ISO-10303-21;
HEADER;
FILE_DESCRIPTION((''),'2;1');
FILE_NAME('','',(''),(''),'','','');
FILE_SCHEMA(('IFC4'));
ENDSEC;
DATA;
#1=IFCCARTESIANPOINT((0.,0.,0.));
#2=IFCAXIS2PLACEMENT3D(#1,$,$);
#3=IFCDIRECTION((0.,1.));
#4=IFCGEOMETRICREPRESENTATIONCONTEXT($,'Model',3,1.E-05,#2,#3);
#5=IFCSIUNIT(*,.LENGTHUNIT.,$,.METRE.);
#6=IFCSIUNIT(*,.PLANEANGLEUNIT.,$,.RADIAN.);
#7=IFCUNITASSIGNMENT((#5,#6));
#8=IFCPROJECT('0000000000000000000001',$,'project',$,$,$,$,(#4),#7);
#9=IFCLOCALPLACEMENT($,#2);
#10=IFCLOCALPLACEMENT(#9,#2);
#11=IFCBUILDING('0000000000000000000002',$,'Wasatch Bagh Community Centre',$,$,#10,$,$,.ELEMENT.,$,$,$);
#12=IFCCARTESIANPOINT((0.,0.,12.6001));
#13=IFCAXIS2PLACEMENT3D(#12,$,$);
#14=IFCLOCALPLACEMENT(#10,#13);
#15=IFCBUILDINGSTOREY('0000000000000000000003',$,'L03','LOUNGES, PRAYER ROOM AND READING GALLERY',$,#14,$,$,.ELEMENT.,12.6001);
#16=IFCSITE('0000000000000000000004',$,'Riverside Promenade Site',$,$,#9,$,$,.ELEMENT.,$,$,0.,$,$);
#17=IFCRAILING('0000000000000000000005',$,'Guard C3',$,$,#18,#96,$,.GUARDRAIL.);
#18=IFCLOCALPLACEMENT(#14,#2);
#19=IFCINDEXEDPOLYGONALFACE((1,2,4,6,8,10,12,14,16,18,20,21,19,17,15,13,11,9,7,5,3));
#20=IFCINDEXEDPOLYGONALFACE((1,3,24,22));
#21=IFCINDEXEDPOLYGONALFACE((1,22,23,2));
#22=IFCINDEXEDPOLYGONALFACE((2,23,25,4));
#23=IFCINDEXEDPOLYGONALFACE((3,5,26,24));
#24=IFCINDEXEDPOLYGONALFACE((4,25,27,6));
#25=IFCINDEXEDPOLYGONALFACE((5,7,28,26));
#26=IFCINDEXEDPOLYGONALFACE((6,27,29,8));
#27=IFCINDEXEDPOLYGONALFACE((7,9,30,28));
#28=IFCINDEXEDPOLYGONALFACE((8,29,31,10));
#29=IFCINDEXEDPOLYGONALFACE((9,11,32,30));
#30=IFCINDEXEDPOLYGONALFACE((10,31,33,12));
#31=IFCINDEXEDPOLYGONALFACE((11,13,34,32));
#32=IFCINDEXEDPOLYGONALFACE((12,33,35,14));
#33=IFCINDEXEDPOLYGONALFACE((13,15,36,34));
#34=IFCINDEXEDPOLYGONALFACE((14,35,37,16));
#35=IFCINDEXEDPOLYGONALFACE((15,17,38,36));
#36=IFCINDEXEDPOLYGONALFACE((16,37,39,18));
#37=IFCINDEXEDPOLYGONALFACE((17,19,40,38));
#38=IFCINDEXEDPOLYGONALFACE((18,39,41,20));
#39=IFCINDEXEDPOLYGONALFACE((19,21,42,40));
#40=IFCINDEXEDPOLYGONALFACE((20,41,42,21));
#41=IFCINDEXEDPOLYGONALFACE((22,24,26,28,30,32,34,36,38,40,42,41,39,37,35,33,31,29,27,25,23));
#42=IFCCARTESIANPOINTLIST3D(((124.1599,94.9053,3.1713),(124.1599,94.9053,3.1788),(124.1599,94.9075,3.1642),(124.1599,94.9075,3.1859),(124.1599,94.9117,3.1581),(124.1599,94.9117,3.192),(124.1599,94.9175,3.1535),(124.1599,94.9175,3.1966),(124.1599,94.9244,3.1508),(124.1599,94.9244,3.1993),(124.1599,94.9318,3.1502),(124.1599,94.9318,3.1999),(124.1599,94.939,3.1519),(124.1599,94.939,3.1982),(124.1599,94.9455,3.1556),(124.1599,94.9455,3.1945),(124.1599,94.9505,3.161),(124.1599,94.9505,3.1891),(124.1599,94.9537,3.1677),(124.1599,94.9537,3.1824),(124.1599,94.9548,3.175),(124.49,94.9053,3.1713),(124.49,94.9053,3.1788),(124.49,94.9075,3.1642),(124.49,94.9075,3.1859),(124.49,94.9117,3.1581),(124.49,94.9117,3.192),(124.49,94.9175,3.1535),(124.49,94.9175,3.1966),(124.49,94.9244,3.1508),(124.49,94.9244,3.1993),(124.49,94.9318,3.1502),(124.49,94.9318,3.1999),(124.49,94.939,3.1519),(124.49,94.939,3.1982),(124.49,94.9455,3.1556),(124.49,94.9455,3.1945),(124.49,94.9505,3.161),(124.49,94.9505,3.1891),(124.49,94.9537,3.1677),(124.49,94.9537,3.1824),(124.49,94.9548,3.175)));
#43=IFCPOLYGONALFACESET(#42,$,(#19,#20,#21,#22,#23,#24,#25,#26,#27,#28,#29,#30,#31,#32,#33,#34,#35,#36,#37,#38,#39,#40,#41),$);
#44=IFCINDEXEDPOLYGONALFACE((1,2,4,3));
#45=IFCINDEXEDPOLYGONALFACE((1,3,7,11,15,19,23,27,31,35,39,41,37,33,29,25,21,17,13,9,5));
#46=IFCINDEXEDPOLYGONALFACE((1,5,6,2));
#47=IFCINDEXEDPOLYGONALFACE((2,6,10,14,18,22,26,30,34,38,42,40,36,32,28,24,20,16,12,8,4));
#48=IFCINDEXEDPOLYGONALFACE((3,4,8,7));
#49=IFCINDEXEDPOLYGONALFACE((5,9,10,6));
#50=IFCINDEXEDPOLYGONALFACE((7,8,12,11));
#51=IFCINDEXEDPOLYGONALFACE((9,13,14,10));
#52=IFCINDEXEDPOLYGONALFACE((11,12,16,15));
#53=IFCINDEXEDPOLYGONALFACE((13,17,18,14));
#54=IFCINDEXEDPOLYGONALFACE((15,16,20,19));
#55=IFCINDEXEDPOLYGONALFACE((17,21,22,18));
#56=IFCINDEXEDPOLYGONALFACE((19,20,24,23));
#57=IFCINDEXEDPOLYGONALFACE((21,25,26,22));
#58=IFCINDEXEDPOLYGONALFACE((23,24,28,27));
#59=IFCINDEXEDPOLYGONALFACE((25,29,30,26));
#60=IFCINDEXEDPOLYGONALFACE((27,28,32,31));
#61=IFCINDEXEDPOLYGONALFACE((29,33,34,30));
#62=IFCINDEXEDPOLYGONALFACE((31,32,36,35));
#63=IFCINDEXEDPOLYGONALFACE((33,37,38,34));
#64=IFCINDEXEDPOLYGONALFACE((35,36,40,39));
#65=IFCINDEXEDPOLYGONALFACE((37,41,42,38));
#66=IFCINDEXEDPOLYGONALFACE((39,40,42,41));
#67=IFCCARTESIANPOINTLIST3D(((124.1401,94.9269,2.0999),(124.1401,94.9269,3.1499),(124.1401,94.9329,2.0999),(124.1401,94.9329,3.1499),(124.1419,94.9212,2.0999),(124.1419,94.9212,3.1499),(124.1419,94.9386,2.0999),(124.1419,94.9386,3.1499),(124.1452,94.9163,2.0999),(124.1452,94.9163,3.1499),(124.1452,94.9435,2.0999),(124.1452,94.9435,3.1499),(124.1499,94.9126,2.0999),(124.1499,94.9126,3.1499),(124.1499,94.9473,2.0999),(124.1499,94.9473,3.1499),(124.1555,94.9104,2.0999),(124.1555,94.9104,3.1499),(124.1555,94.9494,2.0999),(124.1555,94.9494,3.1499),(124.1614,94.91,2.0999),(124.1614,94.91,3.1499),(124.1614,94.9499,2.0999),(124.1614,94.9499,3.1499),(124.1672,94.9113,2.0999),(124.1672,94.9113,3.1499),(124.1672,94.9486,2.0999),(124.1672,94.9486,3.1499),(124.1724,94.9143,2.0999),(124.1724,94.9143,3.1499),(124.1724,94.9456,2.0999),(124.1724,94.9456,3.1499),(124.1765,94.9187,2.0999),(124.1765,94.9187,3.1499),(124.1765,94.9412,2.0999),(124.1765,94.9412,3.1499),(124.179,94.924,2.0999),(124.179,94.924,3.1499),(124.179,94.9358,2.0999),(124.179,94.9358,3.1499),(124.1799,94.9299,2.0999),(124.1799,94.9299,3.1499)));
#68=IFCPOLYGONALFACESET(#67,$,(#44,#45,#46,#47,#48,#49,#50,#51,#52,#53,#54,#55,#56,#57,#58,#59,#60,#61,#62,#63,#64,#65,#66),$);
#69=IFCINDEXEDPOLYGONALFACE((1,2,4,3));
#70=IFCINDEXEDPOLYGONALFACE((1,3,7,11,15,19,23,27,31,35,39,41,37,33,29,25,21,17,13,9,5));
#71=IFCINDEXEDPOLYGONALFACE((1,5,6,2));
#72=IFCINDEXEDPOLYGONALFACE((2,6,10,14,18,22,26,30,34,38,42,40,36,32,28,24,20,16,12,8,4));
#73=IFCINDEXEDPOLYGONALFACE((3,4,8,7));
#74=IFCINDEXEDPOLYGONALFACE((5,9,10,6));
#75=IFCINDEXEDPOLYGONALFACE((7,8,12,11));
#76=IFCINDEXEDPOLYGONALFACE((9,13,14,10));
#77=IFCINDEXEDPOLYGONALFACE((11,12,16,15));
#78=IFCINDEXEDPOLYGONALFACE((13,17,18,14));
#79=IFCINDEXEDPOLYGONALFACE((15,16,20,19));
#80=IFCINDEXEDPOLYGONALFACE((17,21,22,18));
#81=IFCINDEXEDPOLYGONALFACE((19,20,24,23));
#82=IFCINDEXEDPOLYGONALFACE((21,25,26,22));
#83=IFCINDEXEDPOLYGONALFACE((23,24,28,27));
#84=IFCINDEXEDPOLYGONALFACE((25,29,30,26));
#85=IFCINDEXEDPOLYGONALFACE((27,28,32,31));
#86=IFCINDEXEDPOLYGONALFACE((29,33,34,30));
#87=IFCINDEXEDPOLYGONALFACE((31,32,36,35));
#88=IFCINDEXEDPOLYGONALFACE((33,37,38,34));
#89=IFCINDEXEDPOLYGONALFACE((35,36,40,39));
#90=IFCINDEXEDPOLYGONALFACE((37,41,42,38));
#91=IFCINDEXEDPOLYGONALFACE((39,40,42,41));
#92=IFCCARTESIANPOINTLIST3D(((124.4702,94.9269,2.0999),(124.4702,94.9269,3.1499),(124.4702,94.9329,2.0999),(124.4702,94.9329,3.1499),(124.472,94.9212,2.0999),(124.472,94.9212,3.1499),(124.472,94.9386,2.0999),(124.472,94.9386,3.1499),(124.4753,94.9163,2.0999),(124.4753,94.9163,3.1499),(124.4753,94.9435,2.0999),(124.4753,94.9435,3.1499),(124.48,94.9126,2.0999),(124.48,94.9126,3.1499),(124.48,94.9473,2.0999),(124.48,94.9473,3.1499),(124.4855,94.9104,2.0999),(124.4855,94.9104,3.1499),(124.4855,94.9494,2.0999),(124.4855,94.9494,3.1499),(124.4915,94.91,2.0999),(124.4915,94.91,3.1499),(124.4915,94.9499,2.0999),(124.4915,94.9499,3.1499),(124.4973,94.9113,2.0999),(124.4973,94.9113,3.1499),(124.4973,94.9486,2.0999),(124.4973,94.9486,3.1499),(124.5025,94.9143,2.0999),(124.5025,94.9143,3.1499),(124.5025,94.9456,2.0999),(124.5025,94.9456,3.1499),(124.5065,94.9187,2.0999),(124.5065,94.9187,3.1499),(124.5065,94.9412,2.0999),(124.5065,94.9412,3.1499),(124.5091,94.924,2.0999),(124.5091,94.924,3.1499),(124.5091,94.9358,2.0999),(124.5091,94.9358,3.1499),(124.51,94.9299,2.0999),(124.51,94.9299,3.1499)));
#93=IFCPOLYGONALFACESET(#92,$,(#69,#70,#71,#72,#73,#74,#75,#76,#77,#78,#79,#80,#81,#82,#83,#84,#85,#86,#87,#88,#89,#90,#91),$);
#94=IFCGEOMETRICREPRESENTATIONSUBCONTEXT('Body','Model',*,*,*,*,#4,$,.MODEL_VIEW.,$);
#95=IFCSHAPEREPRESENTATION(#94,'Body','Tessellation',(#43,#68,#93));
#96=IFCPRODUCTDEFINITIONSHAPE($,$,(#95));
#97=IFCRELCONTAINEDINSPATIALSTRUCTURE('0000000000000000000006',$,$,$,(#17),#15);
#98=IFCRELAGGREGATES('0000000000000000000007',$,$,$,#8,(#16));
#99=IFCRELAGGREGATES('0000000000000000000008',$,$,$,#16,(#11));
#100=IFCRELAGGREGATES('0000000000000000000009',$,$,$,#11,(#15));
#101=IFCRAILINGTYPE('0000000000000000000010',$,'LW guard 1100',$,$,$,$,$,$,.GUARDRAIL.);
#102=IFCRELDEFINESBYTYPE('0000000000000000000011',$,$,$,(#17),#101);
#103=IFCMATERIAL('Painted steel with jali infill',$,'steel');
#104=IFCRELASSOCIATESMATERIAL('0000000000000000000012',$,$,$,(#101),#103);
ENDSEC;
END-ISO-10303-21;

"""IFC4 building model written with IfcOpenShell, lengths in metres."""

from ifc_helpers import new_model, si_unit, direction, frame, origin, origin_2d, place, context, subcontext, project, spatial, circle, extrude, material, type_object, element, save


model = new_model("IFC4")

# Units and contexts
model_context = context("Model", 3, precision=1e-05, world=origin(), true_north=direction((0.0, 1.0)))
body_context = subcontext(model_context, "Body", "Model", "MODEL_VIEW")
ifc_project = project(units=[si_unit("LENGTHUNIT", "METRE"), si_unit("PLANEANGLEUNIT", "RADIAN")], contexts=[model_context])

# Site, building, storey
site_placement = place(None, origin())
site = spatial("IfcSite", under=ifc_project, at=site_placement, Name="Riverside Promenade Site", CompositionType="ELEMENT", RefElevation=0.0)
building_placement = place(site_placement, origin())
building = spatial("IfcBuilding", under=site, at=building_placement, Name="Wasatch Bagh Community Centre", CompositionType="ELEMENT")
storey_placement = place(building_placement, frame((0.0, 0.0, 12.6001)))
storey = spatial("IfcBuildingStorey", under=building, at=storey_placement, Name="L03", Description="LOUNGES, PRAYER ROOM AND READING GALLERY", CompositionType="ELEMENT", Elevation=12.6001)

# Railing
ifc_material_1 = material(Name="Painted steel with jali infill", Category="steel")
railing_type_1 = type_object("IfcRailingType", Name="LW guard 1100", PredefinedType="GUARDRAIL", material=ifc_material_1)
railing_1_placement = place(storey_placement, frame((124.1599, 94.9299, 2.0999)))
element("IfcRailing", 1, at=railing_1_placement, inside=storey, type_object=railing_type_1, Name="Guard C3", PredefinedType="GUARDRAIL", context=body_context, shape_type="SweptSolid", body=[
    extrude(circle(Radius=0.0249, at=origin_2d()), frame((0.0, 0.0, 1.0752), z_axis=(1.0, 0.0, 0.0), x_axis=(0.0, 1.0, 0.0)), (0.0, 0.0, 1.0), 0.3301),
    extrude(circle(Radius=0.02, at=origin_2d()), origin(), (0.0, 0.0, 1.0), 1.05),
    extrude(circle(Radius=0.02, at=origin_2d()), frame((0.3301, 0.0, 0.0)), (0.0, 0.0, 1.0), 1.05),
])

save(model, "model.ifc")
